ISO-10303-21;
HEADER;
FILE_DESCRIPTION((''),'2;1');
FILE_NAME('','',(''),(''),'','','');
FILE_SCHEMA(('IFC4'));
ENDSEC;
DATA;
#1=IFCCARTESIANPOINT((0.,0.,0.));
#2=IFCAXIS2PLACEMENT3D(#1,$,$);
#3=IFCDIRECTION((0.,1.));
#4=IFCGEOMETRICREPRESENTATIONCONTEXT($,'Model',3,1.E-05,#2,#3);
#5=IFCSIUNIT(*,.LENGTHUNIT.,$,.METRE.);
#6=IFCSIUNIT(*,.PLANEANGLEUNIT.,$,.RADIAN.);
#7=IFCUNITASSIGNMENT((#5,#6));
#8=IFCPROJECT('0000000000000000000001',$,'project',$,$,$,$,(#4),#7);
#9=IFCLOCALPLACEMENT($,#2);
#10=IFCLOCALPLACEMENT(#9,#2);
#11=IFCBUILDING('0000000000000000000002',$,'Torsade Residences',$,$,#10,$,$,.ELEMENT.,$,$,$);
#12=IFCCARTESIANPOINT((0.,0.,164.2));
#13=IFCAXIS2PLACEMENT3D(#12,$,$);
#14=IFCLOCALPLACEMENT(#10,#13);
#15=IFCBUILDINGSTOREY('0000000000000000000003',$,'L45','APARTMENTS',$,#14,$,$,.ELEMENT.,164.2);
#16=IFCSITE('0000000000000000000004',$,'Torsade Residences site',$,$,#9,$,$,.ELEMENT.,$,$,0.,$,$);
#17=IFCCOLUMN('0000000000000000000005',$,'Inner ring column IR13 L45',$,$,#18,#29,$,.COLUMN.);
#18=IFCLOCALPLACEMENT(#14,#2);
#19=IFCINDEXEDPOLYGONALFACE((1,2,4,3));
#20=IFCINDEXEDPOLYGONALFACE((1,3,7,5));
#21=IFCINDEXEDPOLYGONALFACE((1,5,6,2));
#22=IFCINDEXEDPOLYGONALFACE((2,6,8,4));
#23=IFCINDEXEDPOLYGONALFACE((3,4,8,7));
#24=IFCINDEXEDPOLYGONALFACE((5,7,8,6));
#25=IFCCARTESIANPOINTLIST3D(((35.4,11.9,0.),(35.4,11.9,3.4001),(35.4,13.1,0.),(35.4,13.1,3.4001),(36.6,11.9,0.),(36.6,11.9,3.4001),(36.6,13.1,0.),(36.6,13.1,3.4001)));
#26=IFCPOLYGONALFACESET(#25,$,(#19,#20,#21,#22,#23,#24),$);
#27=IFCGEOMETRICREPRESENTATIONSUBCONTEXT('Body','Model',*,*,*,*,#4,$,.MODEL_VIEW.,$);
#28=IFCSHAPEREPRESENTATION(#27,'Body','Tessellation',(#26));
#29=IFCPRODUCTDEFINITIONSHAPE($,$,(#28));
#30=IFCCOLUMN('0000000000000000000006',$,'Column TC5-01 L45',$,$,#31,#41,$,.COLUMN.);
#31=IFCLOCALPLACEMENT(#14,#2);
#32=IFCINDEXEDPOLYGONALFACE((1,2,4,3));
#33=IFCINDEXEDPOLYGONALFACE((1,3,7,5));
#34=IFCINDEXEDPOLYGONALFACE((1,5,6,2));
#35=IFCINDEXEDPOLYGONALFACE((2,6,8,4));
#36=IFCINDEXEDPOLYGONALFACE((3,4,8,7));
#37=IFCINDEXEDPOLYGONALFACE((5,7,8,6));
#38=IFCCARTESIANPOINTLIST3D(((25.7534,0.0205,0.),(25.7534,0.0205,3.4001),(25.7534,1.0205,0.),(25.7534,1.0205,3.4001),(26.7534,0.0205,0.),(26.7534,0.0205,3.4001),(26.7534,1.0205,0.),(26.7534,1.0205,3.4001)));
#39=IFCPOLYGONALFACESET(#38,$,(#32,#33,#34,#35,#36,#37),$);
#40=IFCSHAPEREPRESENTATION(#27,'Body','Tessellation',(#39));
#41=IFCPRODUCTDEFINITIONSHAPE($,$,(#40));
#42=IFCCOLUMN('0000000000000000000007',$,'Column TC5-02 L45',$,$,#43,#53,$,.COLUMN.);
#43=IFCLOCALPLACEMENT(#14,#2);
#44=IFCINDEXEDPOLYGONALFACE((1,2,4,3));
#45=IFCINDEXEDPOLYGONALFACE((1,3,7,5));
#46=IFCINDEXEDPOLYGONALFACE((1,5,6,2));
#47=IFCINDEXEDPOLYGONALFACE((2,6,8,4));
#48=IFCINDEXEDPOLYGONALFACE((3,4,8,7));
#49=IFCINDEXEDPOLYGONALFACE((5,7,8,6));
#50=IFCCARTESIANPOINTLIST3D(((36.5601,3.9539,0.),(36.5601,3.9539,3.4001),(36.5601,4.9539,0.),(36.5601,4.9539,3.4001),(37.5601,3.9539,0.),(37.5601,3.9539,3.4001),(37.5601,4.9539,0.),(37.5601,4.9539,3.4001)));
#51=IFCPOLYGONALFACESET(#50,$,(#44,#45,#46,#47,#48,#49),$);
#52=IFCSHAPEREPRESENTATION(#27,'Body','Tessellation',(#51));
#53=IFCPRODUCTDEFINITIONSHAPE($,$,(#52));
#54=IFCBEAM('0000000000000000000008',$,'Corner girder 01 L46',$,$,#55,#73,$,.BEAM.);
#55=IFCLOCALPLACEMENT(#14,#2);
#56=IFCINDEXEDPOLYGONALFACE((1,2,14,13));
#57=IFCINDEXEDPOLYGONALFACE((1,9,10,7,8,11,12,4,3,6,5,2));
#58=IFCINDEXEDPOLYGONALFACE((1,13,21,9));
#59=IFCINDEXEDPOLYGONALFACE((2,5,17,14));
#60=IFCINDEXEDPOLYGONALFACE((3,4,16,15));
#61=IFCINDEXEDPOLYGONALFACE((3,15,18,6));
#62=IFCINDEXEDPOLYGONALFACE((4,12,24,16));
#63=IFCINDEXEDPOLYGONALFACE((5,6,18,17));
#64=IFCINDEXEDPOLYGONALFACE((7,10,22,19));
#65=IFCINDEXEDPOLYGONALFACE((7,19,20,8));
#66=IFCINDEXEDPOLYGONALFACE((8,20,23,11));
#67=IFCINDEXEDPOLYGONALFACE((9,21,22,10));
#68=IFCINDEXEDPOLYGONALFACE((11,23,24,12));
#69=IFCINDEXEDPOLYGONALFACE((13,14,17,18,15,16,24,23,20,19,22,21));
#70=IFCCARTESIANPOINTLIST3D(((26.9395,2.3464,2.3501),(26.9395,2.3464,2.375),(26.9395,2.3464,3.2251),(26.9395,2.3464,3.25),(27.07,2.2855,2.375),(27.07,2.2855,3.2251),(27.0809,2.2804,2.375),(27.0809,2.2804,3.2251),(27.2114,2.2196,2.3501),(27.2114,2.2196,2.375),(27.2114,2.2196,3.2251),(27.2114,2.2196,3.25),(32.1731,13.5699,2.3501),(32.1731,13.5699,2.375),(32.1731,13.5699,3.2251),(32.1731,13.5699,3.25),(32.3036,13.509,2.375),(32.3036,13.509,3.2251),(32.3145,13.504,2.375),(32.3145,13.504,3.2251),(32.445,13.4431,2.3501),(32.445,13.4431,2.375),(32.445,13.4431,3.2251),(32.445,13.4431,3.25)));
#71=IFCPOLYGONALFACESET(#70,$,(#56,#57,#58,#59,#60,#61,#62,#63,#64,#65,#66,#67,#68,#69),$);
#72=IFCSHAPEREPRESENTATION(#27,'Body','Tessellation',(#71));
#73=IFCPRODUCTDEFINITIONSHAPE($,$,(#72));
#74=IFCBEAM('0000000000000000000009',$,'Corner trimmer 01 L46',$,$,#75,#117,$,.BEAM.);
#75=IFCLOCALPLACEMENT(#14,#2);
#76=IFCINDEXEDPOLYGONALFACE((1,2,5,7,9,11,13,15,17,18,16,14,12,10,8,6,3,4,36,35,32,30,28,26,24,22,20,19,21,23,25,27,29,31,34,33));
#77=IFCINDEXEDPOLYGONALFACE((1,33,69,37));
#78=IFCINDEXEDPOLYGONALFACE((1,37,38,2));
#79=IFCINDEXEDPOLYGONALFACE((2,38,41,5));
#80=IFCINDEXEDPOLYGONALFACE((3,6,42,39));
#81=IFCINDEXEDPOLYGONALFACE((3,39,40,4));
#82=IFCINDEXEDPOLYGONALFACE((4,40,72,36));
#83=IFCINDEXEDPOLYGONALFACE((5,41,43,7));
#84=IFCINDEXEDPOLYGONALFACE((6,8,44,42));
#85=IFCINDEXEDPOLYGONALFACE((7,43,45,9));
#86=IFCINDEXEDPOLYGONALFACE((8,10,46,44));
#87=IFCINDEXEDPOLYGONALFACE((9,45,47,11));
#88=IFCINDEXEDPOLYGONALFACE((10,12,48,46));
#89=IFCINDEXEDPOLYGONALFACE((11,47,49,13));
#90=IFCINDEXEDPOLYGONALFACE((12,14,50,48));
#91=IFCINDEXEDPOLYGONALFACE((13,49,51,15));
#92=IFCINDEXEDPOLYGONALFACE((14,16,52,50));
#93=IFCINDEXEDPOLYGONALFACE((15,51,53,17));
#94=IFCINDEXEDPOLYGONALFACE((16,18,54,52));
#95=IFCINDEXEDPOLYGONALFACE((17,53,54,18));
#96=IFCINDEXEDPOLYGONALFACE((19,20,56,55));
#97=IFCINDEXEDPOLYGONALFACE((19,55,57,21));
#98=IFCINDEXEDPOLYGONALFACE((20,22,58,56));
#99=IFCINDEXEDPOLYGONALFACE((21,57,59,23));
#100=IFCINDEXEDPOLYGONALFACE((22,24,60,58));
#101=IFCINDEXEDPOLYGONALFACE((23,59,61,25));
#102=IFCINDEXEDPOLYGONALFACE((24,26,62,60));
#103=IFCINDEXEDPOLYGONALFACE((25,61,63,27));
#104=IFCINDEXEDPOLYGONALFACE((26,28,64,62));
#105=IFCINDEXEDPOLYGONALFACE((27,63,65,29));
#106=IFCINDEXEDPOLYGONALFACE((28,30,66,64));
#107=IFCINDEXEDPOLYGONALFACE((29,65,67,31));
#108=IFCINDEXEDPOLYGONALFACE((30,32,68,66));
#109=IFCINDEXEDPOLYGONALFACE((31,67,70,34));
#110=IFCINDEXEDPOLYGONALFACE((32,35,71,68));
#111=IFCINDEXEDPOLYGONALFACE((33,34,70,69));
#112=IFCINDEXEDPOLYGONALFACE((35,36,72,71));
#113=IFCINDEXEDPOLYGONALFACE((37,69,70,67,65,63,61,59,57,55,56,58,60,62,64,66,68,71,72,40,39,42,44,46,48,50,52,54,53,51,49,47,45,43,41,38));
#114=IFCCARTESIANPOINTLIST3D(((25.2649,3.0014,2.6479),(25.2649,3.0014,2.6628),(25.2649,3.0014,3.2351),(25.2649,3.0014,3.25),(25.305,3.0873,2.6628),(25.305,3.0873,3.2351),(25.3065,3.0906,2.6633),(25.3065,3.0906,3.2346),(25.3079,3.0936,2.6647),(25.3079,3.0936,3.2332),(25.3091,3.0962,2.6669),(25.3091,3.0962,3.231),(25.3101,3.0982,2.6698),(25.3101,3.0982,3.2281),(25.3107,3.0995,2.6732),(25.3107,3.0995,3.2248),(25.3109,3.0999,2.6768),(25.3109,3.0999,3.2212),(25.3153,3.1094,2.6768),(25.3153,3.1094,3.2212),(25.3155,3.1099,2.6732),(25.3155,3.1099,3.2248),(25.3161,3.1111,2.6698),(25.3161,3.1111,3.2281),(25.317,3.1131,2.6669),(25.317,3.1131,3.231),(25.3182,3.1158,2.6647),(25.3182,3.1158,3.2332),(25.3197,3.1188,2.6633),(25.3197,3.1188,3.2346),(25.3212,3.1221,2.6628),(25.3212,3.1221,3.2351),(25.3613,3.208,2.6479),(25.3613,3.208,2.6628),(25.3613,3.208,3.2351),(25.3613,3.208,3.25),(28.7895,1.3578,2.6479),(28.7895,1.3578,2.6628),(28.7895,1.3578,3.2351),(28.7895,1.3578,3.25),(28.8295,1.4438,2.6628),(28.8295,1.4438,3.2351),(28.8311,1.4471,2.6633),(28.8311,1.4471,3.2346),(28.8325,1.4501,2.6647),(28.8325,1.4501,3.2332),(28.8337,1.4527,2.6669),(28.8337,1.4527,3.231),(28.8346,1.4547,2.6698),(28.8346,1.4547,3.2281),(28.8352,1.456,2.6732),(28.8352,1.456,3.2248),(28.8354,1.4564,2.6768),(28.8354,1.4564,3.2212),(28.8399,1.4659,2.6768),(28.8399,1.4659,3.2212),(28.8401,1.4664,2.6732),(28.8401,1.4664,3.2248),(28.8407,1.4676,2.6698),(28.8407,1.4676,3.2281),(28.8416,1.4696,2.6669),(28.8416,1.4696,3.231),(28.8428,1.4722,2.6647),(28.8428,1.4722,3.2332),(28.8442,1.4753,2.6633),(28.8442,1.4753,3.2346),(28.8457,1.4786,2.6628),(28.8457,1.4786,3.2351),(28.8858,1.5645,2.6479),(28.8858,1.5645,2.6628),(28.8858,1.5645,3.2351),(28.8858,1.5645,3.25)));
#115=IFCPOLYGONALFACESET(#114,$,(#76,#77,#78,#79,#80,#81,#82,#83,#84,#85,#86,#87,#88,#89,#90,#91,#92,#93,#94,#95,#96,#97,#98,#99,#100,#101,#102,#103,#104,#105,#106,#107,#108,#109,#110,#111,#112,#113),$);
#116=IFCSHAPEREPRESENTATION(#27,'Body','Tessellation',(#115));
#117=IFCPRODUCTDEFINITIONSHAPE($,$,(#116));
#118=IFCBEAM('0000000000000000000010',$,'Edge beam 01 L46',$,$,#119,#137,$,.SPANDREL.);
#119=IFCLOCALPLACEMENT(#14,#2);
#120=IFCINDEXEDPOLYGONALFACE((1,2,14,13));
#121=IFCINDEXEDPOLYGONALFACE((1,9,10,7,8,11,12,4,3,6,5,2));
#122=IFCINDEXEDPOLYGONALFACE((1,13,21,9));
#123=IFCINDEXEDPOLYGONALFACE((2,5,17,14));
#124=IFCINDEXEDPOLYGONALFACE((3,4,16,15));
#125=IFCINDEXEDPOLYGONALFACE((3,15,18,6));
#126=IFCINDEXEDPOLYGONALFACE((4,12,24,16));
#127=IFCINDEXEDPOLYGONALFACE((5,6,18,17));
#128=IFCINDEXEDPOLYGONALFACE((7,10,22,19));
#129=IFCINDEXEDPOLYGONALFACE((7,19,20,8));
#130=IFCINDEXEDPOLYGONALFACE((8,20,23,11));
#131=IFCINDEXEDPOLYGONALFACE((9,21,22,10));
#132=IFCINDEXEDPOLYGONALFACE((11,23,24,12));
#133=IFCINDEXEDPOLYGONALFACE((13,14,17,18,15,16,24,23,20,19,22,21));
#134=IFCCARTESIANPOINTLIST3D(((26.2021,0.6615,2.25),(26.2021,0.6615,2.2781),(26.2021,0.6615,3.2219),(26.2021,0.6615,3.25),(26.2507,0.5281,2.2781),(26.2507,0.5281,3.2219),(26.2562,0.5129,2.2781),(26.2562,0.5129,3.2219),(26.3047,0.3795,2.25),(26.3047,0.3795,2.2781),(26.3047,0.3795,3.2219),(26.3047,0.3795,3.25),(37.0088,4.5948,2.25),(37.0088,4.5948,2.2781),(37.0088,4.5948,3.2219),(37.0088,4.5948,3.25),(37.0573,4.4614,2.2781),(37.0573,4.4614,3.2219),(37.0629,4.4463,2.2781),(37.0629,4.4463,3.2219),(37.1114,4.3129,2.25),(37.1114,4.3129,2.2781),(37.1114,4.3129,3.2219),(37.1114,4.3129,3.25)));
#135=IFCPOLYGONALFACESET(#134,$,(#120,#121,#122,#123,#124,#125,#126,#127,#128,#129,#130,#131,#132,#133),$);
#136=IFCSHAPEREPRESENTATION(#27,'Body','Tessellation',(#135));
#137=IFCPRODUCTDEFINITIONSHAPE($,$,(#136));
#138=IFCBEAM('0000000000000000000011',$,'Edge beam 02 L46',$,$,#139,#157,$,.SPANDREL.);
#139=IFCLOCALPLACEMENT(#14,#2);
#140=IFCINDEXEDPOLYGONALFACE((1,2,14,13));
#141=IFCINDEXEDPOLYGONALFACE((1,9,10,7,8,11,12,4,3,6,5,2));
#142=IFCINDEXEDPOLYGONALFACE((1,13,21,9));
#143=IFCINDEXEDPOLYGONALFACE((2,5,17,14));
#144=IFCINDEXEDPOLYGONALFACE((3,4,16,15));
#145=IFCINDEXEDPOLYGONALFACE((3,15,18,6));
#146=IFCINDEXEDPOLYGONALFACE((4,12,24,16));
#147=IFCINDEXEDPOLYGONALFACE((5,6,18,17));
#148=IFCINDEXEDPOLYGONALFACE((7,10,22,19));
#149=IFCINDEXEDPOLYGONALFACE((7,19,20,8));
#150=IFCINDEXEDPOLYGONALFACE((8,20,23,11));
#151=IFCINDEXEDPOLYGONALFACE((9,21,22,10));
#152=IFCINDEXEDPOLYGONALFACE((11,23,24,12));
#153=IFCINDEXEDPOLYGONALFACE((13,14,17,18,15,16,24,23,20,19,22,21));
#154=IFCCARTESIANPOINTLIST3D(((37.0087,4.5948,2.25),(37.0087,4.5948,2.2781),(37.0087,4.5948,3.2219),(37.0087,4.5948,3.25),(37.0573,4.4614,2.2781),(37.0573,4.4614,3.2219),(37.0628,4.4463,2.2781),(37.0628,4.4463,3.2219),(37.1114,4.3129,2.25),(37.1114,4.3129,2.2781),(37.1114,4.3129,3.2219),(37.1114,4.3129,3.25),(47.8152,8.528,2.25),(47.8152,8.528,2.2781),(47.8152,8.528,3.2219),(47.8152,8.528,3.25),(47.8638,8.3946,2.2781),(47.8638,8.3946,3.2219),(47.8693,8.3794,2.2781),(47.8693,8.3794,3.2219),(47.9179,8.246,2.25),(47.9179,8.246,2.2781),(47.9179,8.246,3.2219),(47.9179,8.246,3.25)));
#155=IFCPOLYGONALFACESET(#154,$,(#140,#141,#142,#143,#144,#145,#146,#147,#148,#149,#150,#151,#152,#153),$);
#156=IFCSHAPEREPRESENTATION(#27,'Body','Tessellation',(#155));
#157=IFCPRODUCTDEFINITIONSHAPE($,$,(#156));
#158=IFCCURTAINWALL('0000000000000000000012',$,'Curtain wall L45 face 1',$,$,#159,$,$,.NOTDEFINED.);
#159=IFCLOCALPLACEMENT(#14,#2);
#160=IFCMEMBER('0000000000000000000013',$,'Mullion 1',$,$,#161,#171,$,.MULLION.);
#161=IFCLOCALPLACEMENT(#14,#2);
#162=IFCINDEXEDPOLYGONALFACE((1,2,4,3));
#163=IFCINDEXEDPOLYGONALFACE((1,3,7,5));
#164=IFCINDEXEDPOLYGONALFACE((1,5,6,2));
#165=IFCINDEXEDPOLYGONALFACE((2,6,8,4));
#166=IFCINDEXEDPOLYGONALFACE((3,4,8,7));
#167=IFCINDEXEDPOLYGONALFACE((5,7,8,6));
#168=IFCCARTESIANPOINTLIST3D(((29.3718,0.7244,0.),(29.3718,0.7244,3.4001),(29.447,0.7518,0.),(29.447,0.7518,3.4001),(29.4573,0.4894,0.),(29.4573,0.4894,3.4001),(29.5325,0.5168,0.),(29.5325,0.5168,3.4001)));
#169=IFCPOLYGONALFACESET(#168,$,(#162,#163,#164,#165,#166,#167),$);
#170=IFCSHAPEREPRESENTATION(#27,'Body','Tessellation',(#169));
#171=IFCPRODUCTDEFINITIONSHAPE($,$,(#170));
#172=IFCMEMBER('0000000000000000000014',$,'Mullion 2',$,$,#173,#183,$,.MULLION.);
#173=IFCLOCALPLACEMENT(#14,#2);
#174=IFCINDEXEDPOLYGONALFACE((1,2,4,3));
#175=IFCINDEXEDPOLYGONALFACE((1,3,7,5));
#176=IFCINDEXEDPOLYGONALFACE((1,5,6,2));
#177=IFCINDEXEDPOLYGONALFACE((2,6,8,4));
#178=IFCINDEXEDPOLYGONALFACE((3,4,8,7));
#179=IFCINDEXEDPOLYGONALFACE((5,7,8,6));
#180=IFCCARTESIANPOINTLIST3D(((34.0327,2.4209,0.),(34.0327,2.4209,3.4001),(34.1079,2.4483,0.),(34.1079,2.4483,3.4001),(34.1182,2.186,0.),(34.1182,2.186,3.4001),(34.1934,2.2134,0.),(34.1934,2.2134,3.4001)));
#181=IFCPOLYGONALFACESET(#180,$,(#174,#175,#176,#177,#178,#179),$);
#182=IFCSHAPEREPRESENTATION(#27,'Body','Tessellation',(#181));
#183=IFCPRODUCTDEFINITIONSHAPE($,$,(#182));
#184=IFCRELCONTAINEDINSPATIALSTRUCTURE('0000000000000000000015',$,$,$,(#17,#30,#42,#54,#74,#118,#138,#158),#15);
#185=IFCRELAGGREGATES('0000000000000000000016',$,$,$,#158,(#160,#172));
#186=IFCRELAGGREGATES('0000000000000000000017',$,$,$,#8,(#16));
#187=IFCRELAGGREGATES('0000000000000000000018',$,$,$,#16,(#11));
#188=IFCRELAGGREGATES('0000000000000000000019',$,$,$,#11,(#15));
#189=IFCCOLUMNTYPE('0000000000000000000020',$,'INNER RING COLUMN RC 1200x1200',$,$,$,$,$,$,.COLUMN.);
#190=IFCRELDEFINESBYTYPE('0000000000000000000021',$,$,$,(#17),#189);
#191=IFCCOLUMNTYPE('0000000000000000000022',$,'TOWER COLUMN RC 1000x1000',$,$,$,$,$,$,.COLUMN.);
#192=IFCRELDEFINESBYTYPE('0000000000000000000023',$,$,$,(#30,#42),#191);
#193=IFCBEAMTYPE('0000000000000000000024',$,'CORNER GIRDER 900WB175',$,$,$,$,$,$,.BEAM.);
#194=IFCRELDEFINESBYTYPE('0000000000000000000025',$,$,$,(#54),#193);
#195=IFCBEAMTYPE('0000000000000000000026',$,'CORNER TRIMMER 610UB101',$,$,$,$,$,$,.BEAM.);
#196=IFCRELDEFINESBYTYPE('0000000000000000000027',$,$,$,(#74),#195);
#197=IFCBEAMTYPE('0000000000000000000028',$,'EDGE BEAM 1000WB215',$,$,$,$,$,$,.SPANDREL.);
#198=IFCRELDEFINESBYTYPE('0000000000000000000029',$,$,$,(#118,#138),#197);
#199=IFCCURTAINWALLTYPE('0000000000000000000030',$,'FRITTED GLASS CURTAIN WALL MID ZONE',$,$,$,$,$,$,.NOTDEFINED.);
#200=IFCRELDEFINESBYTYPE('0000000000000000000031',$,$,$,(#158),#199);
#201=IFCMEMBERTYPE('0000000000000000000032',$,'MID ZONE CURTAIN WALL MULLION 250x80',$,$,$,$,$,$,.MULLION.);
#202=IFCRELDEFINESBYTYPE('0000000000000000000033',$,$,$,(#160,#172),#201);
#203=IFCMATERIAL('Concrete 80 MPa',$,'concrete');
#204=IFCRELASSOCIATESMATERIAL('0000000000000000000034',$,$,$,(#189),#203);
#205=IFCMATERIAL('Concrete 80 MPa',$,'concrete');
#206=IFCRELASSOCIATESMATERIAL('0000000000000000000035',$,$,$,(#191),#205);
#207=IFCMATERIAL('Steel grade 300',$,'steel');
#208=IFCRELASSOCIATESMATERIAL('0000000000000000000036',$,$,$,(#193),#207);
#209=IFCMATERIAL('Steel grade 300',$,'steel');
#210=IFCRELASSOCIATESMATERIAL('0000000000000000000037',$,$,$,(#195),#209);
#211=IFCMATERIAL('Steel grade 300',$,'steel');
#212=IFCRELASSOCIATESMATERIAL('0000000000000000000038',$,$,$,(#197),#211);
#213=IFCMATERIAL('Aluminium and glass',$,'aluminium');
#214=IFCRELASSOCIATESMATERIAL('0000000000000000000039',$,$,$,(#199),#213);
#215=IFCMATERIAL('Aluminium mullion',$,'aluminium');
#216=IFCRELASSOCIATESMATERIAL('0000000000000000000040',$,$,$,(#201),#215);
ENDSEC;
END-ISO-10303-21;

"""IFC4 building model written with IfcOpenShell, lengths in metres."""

from ifc_helpers import new_model, si_unit, direction, frame, origin, origin_2d, place, context, subcontext, project, spatial, rectangle, i_section, extrude, material, material_profile, profile_set, type_object, element, aggregate, save


model = new_model("IFC4")

# Units and contexts
model_context = context("Model", 3, precision=1e-05, world=origin(), true_north=direction((0.0, 1.0)))
body_context = subcontext(model_context, "Body", "Model", "MODEL_VIEW")
ifc_project = project(units=[si_unit("LENGTHUNIT", "METRE"), si_unit("PLANEANGLEUNIT", "RADIAN")], contexts=[model_context])

# Site, building, storey
site_placement = place(None, origin())
site = spatial("IfcSite", under=ifc_project, at=site_placement, Name="Torsade Residences site", CompositionType="ELEMENT", RefElevation=0.0)
building_placement = place(site_placement, origin())
building = spatial("IfcBuilding", under=site, at=building_placement, Name="Torsade Residences", CompositionType="ELEMENT")
storey_placement = place(building_placement, frame((0.0, 0.0, 164.2)))
storey = spatial("IfcBuildingStorey", under=building, at=storey_placement, Name="L45", Description="APARTMENTS", CompositionType="ELEMENT", Elevation=164.2)

# Columns
ifc_material_1 = material(Name="Concrete 80 MPa", Category="concrete")
ifc_material_profile_1 = material_profile(ifc_material_1, rectangle(XDim=1.2, YDim=1.2, at=origin_2d()), Name="RC 1200x1200")
ifc_profile_set_1 = profile_set([ifc_material_profile_1], Name="Concrete 80 MPa")
column_type_1 = type_object("IfcColumnType", Name="INNER RING COLUMN RC 1200x1200", PredefinedType="COLUMN", material=ifc_profile_set_1)
column_placement = place(storey_placement, frame((36.0, 12.5, 0.0), z_axis=(0.0, 0.0, 1.0), x_axis=(1.0, 0.0, 0.0)))
element("IfcColumn", 1, at=column_placement, inside=storey, type_object=column_type_1, Name="Inner ring column IR13 L45", PredefinedType="COLUMN", context=body_context, shape_type="SweptSolid", body=[
    extrude(rectangle(XDim=1.2, YDim=1.2, at=origin_2d()), origin(), (0.0, 0.0, 1.0), 3.4001),
])
ifc_material_2 = material(Name="Concrete 80 MPa", Category="concrete")
ifc_material_profile_2 = material_profile(ifc_material_2, rectangle(XDim=1.0, YDim=1.0, at=origin_2d()), Name="RC 1000x1000")
ifc_profile_set_2 = profile_set([ifc_material_profile_2], Name="Concrete 80 MPa")
column_type_2 = type_object("IfcColumnType", Name="TOWER COLUMN RC 1000x1000", PredefinedType="COLUMN", material=ifc_profile_set_2)
for number, where, z_axis, x_axis, name in (
    (2, (26.2534, 0.5205, 0.0), (0.0, 0.0, 1.0), (1.0, 0.0, 0.0), "Column TC5-01 L45"),
    (3, (37.0601, 4.4539, 0.0), (0.0, 0.0, 1.0), (1.0, 0.0, 0.0), "Column TC5-02 L45"),
):
    element("IfcColumn", number, at=place(storey_placement, frame(where, z_axis=z_axis, x_axis=x_axis)), inside=storey, type_object=column_type_2, Name=name, PredefinedType="COLUMN", context=body_context, shape_type="SweptSolid", body=[
        extrude(rectangle(XDim=1.0, YDim=1.0, at=origin_2d()), origin(), (0.0, 0.0, 1.0), 3.4001),
    ])

# Beams
ifc_material_3 = material(Name="Steel grade 300", Category="steel")
ifc_material_profile_3 = material_profile(ifc_material_3, i_section(OverallWidth=0.3, OverallDepth=0.8999, WebThickness=0.012, FlangeThickness=0.0249, at=origin_2d()), Name="900WB175")
ifc_profile_set_3 = profile_set([ifc_material_profile_3], Name="Steel grade 300")
beam_type_1 = type_object("IfcBeamType", Name="CORNER GIRDER 900WB175", PredefinedType="BEAM", material=ifc_profile_set_3)
beam_1_placement = place(storey_placement, frame((27.0754, 2.283, 2.8), z_axis=(0.422617, 0.906309, 0.0), x_axis=(-0.906309, 0.422617, 0.0)))
element("IfcBeam", 4, at=beam_1_placement, inside=storey, type_object=beam_type_1, Name="Corner girder 01 L46", PredefinedType="BEAM", context=body_context, shape_type="SweptSolid", body=[
    extrude(i_section(OverallWidth=0.3, OverallDepth=0.8999, WebThickness=0.012, FlangeThickness=0.0249, at=origin_2d()), origin(), (0.0, 0.0, 1.0), 12.3838),
])
ifc_material_4 = material(Name="Steel grade 300", Category="steel")
ifc_material_profile_4 = material_profile(ifc_material_4, i_section(OverallWidth=0.228, OverallDepth=0.6021, WebThickness=0.0105, FlangeThickness=0.0149, FilletRadius=0.0139, at=origin_2d()), Name="610UB101")
ifc_profile_set_4 = profile_set([ifc_material_profile_4], Name="Steel grade 300")
beam_type_2 = type_object("IfcBeamType", Name="CORNER TRIMMER 610UB101", PredefinedType="BEAM", material=ifc_profile_set_4)
beam_2_placement = place(storey_placement, frame((28.8376, 1.4612, 2.949), z_axis=(-0.90631, 0.422614, 0.0), x_axis=(-0.422614, -0.90631, 0.0)))
element("IfcBeam", 5, at=beam_2_placement, inside=storey, type_object=beam_type_2, Name="Corner trimmer 01 L46", PredefinedType="BEAM", context=body_context, shape_type="SweptSolid", body=[
    extrude(i_section(OverallWidth=0.228, OverallDepth=0.6021, WebThickness=0.0105, FlangeThickness=0.0149, FilletRadius=0.0139, at=origin_2d()), origin(), (0.0, 0.0, 1.0), 3.8889),
])
ifc_material_5 = material(Name="Steel grade 300", Category="steel")
ifc_material_profile_5 = material_profile(ifc_material_5, i_section(OverallWidth=0.3, OverallDepth=1.0, WebThickness=0.0161, FlangeThickness=0.0281, at=origin_2d()), Name="1000WB215")
ifc_profile_set_5 = profile_set([ifc_material_profile_5], Name="Steel grade 300")
beam_type_3 = type_object("IfcBeamType", Name="EDGE BEAM 1000WB215", PredefinedType="SPANDREL", material=ifc_profile_set_5)
beam_3_placement = place(storey_placement, frame((26.2534, 0.5205, 2.75), z_axis=(0.939691, 0.342024, 0.0), x_axis=(-0.342024, 0.939691, 0.0)))
element("IfcBeam", 6, at=beam_3_placement, inside=storey, type_object=beam_type_3, Name="Edge beam 01 L46", PredefinedType="SPANDREL", context=body_context, shape_type="SweptSolid", body=[
    extrude(i_section(OverallWidth=0.3, OverallDepth=1.0, WebThickness=0.0161, FlangeThickness=0.0281, at=origin_2d()), origin(), (0.0, 0.0, 1.0), 11.5002),
])
beam_4_placement = place(storey_placement, frame((37.0601, 4.4539, 2.75), z_axis=(0.939695, 0.342012, 0.0), x_axis=(-0.342012, 0.939695, 0.0)))
element("IfcBeam", 7, at=beam_4_placement, inside=storey, type_object=beam_type_3, Name="Edge beam 02 L46", PredefinedType="SPANDREL", context=body_context, shape_type="SweptSolid", body=[
    extrude(i_section(OverallWidth=0.3, OverallDepth=1.0, WebThickness=0.0161, FlangeThickness=0.0281, at=origin_2d()), origin(), (0.0, 0.0, 1.0), 11.5),
])

# Curtain wall, members
ifc_material_6 = material(Name="Aluminium and glass", Category="aluminium")
curtain_wall_type = type_object("IfcCurtainWallType", Name="FRITTED GLASS CURTAIN WALL MID ZONE", PredefinedType="NOTDEFINED", material=ifc_material_6)
curtain_wall_placement = place(storey_placement, origin())
curtain_wall = element("IfcCurtainWall", 8, at=curtain_wall_placement, inside=storey, type_object=curtain_wall_type, Name="Curtain wall L45 face 1", PredefinedType="NOTDEFINED")
ifc_material_7 = material(Name="Aluminium mullion", Category="aluminium")
ifc_material_profile_6 = material_profile(ifc_material_7, rectangle(XDim=0.25, YDim=0.0801, at=origin_2d()), Name="MID ZONE CURTAIN WALL MULLION 250x80")
ifc_profile_set_6 = profile_set([ifc_material_profile_6], Name="Aluminium mullion")
member_type_1 = type_object("IfcMemberType", Name="MID ZONE CURTAIN WALL MULLION 250x80", PredefinedType="MULLION", material=ifc_profile_set_6)
member_1_placement = place(storey_placement, frame((29.4521, 0.6206, 0.0), z_axis=(0.0, 0.0, 1.0), x_axis=(-0.34202, 0.939693, 0.0)))
member_1 = element("IfcMember", 9, at=member_1_placement, type_object=member_type_1, Name="Mullion 1", PredefinedType="MULLION", context=body_context, shape_type="SweptSolid", body=[
    extrude(rectangle(XDim=0.25, YDim=0.0801, at=origin_2d()), origin(), (0.0, 0.0, 1.0), 3.4001),
])
member_2_placement = place(storey_placement, frame((34.113, 2.3171, 0.0), z_axis=(0.0, 0.0, 1.0), x_axis=(-0.34202, 0.939693, 0.0)))
member_2 = element("IfcMember", 10, at=member_2_placement, type_object=member_type_1, Name="Mullion 2", PredefinedType="MULLION", context=body_context, shape_type="SweptSolid", body=[
    extrude(rectangle(XDim=0.25, YDim=0.0801, at=origin_2d()), origin(), (0.0, 0.0, 1.0), 3.4001),
])

aggregate(curtain_wall, [member_1, member_2])

save(model, "model.ifc")
